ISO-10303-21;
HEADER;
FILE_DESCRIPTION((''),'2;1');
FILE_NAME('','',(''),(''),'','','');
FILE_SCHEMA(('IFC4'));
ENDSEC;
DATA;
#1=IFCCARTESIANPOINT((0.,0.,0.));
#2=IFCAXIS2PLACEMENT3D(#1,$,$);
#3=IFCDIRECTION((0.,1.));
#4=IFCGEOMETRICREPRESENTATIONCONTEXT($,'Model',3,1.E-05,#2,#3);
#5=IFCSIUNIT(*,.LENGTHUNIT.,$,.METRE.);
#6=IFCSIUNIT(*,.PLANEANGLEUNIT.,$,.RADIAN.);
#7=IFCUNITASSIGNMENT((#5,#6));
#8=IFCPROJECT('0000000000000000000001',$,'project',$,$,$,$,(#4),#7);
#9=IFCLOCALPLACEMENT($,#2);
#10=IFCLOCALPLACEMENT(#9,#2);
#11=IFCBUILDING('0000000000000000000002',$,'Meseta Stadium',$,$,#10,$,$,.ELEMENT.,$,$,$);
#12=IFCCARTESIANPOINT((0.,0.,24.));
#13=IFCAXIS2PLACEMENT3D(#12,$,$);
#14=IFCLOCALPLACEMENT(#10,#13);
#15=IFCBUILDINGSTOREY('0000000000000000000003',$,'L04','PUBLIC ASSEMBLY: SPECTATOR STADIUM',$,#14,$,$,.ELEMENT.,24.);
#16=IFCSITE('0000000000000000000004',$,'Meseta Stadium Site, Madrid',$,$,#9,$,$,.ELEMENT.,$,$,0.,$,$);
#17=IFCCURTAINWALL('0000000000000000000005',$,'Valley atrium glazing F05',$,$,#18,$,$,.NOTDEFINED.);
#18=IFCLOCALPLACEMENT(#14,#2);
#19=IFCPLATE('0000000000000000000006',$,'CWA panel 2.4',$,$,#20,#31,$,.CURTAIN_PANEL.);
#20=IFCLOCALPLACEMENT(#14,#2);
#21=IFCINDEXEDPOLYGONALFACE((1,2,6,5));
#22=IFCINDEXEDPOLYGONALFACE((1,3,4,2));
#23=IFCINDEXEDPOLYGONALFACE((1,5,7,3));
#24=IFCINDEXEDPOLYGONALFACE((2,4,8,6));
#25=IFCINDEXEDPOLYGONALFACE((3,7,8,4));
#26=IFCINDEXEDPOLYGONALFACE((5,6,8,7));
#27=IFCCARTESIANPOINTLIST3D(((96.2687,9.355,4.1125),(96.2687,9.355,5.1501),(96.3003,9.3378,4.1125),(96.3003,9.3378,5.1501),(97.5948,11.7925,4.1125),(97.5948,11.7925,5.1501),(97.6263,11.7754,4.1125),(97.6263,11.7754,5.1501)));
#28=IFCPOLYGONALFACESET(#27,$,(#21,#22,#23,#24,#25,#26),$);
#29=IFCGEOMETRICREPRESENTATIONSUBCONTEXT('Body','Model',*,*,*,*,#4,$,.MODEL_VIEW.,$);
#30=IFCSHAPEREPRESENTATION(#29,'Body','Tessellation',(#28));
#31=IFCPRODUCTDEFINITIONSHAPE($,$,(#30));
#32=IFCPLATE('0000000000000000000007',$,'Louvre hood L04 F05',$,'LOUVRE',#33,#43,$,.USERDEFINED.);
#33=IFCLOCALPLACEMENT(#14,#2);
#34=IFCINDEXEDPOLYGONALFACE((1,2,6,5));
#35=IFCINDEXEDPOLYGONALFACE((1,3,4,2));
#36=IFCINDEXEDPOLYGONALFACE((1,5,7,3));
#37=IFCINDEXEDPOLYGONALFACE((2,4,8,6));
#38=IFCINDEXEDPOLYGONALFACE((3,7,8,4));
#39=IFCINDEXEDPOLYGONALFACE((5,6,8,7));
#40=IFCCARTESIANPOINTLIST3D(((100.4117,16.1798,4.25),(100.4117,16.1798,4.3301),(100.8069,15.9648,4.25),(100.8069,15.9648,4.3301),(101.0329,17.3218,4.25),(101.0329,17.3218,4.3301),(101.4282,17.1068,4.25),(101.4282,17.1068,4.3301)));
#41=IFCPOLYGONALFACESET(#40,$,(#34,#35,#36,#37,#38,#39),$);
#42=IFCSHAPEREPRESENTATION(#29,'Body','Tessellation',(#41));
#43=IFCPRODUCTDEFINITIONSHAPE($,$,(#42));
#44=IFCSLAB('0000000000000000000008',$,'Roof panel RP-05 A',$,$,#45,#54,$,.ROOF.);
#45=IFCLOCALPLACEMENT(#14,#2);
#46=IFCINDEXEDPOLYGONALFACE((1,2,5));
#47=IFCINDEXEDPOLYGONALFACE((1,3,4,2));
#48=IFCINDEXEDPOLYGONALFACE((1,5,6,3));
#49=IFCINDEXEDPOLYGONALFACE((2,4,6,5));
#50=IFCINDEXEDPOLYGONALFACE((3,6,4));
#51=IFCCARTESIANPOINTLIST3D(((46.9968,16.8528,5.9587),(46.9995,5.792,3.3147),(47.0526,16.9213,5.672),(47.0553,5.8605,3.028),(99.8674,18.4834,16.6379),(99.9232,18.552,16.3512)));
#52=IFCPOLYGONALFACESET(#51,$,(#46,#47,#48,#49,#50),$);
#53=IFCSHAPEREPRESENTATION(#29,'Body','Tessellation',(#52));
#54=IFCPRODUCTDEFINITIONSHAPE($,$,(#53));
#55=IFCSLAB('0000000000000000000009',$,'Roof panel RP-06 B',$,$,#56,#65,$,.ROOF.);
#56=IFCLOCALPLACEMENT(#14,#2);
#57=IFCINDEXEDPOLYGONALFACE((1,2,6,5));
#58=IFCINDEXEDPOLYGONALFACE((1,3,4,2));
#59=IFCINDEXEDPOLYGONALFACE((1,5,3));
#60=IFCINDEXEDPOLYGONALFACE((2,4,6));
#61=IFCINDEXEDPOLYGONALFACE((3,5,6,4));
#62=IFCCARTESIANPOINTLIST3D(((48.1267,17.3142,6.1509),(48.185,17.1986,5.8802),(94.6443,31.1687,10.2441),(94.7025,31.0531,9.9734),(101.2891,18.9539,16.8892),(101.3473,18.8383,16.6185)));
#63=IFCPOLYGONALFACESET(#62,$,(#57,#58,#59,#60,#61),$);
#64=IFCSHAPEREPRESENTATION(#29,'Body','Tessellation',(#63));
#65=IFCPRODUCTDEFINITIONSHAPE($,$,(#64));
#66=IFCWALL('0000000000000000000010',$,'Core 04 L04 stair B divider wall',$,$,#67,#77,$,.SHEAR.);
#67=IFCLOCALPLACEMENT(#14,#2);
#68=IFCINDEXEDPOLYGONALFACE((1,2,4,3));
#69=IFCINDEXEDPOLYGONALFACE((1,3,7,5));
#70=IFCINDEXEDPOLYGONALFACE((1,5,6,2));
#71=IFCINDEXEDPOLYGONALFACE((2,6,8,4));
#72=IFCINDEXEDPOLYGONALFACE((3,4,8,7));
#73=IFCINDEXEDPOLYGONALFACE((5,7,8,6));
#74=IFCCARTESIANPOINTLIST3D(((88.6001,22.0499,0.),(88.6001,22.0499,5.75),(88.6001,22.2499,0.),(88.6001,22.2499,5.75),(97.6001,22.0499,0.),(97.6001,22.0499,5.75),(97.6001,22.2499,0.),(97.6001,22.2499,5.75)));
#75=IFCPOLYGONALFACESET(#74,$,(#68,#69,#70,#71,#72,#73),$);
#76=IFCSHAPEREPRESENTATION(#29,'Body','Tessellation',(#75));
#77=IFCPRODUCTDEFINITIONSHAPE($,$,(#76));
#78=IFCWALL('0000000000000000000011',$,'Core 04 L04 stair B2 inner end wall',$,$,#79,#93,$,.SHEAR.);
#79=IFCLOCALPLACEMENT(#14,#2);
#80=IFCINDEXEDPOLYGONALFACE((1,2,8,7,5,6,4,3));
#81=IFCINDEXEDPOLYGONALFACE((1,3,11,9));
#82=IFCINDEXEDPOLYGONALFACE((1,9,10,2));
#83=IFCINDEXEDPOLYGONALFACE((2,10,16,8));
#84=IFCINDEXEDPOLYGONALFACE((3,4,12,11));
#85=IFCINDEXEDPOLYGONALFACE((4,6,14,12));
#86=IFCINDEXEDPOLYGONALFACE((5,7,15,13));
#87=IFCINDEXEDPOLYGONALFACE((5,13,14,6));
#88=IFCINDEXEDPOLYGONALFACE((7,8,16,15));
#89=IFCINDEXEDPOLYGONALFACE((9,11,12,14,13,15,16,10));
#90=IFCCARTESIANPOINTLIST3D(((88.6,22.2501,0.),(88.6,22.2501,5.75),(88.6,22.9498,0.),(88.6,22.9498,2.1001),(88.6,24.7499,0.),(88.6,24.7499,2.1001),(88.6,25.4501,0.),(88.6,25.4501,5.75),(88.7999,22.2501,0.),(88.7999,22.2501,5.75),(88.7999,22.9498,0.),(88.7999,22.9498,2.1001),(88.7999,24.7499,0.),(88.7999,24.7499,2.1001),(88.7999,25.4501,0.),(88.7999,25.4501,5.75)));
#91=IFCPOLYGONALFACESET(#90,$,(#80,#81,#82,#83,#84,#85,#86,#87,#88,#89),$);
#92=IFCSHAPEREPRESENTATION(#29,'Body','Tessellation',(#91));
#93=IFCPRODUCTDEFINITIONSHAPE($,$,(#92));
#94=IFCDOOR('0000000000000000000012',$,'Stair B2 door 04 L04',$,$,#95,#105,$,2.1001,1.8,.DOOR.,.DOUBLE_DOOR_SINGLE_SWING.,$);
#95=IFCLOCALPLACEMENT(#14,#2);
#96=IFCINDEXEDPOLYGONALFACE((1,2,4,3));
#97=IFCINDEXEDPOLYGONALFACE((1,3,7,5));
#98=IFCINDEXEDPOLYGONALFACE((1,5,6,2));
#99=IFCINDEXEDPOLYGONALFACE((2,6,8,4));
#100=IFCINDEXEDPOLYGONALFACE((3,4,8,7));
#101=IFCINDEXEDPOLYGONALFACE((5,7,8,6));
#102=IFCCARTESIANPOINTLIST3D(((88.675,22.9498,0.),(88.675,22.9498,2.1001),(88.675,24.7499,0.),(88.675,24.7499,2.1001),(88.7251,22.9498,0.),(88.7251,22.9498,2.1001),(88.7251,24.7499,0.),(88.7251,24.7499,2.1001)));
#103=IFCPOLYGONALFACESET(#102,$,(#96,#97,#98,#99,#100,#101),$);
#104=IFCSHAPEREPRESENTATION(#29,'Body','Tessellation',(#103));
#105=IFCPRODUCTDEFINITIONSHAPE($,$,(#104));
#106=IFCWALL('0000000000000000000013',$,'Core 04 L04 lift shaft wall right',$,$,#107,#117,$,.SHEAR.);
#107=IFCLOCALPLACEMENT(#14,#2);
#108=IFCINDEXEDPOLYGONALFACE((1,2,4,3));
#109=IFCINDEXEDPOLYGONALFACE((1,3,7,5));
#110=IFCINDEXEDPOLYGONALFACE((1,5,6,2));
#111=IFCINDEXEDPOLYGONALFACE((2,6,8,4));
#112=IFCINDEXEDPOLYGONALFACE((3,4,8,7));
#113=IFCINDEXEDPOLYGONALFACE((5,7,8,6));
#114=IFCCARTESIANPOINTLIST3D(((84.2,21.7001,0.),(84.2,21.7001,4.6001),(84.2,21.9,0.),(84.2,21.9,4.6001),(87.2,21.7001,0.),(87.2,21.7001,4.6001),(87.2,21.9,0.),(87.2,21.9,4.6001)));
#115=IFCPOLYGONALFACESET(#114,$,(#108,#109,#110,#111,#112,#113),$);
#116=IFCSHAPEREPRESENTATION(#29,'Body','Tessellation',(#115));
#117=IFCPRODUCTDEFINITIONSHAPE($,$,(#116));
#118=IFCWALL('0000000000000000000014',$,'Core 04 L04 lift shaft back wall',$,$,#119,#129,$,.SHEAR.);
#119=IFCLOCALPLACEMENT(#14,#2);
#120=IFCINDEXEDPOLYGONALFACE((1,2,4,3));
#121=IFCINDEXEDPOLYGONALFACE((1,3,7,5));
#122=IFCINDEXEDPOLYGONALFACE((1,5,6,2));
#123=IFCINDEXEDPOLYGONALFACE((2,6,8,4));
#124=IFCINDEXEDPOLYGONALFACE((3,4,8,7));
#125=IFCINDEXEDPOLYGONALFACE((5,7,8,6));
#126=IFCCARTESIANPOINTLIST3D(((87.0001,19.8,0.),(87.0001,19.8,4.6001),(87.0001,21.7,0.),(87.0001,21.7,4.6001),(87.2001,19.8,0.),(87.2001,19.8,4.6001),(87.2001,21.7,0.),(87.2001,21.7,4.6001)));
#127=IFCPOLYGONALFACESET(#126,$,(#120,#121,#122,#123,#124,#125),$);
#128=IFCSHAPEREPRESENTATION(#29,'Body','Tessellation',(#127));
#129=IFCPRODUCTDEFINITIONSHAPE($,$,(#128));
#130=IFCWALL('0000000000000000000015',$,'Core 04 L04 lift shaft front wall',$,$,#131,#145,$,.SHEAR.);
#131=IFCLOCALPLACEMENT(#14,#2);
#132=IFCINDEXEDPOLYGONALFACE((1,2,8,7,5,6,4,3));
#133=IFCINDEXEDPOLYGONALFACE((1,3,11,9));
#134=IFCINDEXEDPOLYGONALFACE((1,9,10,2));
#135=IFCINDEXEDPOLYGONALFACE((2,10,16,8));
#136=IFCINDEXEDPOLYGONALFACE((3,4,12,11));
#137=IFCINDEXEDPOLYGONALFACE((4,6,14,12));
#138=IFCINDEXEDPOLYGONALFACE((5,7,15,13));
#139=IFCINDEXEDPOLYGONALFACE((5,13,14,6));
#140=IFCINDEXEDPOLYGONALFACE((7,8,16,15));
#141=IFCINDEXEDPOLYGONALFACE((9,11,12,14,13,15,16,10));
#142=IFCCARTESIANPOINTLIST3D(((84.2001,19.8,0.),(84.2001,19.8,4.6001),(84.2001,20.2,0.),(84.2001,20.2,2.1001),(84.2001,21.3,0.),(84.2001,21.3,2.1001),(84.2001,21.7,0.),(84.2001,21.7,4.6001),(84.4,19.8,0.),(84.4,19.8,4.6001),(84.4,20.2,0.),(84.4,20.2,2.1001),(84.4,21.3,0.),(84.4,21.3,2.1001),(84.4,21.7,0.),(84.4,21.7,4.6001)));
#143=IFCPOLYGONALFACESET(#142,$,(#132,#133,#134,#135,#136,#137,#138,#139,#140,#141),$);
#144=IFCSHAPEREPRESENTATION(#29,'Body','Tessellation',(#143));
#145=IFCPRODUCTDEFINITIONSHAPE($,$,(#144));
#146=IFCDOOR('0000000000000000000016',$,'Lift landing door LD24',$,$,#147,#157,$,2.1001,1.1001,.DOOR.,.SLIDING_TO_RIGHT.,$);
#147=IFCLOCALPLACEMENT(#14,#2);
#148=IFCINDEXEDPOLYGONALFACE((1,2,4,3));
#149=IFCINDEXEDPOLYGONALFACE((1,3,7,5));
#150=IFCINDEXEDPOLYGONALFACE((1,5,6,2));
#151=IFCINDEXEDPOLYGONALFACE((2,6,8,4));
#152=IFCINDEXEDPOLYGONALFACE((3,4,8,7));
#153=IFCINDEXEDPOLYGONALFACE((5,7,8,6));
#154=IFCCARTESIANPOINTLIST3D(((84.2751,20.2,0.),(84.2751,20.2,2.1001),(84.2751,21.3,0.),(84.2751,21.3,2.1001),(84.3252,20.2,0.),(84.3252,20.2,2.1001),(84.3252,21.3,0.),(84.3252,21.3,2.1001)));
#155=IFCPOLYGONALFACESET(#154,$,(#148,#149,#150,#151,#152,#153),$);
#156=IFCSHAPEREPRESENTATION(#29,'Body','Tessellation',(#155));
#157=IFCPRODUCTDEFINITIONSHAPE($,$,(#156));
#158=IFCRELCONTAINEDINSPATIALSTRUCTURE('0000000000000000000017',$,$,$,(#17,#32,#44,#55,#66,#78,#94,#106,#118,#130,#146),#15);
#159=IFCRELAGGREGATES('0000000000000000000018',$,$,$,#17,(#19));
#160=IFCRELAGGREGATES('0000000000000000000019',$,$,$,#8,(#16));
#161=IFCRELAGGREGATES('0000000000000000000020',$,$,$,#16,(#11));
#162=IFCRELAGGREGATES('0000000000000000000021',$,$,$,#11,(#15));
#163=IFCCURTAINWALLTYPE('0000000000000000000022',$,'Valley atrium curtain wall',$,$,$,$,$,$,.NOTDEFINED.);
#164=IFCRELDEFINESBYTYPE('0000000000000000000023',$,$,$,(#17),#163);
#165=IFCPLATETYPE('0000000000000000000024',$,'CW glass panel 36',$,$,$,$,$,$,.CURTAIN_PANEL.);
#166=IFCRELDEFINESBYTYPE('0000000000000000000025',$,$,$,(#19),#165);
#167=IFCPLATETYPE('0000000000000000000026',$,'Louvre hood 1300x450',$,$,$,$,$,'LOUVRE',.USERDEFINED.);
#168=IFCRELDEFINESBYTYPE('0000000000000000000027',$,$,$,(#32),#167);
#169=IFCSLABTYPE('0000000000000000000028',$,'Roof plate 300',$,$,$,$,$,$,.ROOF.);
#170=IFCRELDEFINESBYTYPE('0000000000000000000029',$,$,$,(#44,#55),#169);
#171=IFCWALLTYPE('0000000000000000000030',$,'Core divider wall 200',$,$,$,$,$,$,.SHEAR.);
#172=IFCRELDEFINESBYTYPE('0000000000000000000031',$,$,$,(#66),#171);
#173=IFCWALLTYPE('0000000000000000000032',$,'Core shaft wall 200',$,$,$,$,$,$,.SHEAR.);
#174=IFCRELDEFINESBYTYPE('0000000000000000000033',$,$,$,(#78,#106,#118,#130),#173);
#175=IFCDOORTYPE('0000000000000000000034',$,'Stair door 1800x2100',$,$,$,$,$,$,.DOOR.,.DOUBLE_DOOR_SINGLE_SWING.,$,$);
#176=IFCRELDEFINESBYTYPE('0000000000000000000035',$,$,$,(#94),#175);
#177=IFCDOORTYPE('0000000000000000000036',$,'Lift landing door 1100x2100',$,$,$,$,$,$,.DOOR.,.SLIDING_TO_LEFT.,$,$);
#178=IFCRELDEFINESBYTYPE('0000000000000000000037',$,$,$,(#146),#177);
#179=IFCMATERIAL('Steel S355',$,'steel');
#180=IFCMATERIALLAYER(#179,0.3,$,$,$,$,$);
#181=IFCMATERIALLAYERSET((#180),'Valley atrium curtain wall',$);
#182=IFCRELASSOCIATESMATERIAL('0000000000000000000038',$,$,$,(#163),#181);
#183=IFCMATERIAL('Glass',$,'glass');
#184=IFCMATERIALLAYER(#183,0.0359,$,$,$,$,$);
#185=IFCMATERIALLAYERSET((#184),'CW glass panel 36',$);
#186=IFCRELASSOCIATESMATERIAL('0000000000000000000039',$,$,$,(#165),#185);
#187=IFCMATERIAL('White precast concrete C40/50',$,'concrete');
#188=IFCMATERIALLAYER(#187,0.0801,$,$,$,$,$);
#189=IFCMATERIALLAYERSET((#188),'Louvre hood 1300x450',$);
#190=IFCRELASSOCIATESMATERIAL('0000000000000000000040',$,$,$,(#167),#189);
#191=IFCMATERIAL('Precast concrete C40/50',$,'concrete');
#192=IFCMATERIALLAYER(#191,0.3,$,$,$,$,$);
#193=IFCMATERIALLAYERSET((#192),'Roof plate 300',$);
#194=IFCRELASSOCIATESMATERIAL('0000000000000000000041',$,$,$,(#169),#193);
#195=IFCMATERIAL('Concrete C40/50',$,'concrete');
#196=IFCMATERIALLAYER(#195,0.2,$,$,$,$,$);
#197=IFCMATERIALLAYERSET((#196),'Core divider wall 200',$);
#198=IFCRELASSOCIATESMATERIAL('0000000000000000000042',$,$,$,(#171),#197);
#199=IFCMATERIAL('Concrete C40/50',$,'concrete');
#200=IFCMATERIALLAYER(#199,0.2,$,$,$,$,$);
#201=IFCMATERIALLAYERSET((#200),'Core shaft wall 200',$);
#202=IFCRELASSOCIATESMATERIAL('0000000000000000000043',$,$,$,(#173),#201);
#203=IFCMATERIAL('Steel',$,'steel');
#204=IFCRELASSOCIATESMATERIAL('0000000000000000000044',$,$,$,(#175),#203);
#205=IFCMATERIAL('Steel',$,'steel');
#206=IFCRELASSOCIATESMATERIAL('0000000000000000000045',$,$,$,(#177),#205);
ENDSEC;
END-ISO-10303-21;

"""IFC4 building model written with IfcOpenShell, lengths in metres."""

from ifc_helpers import new_model, si_unit, direction, frame, frame_2d, origin, origin_2d, place, context, subcontext, project, spatial, polyline, rectangle, outline, extrude, material, layer, layer_set, type_object, element, fill, aggregate, save


model = new_model("IFC4")

# Units and contexts
model_context = context("Model", 3, precision=1e-05, world=origin(), true_north=direction((0.0, 1.0)))
body_context = subcontext(model_context, "Body", "Model", "MODEL_VIEW")
ifc_project = project(units=[si_unit("LENGTHUNIT", "METRE"), si_unit("PLANEANGLEUNIT", "RADIAN")], contexts=[model_context])

# Site, building, storey
site_placement = place(None, origin())
site = spatial("IfcSite", under=ifc_project, at=site_placement, Name="Meseta Stadium Site, Madrid", CompositionType="ELEMENT", RefElevation=0.0)
building_placement = place(site_placement, origin())
building = spatial("IfcBuilding", under=site, at=building_placement, Name="Meseta Stadium", CompositionType="ELEMENT")
storey_placement = place(building_placement, frame((0.0, 0.0, 24.0)))
storey = spatial("IfcBuildingStorey", under=building, at=storey_placement, Name="L04", Description="PUBLIC ASSEMBLY: SPECTATOR STADIUM", CompositionType="ELEMENT", Elevation=24.0)

# Curtain wall
ifc_material_1 = material(Name="Steel S355", Category="steel")
ifc_layer_1 = layer(ifc_material_1, 0.3)
ifc_layer_set_1 = layer_set([ifc_layer_1], Name="Valley atrium curtain wall")
curtain_wall_type = type_object("IfcCurtainWallType", Name="Valley atrium curtain wall", PredefinedType="NOTDEFINED", material=ifc_layer_set_1)
curtain_wall_placement = place(storey_placement, origin())
curtain_wall = element("IfcCurtainWall", 1, at=curtain_wall_placement, inside=storey, type_object=curtain_wall_type, Name="Valley atrium glazing F05", PredefinedType="NOTDEFINED")

# Plates
ifc_material_2 = material(Name="Glass", Category="glass")
ifc_layer_2 = layer(ifc_material_2, 0.0359)
ifc_layer_set_2 = layer_set([ifc_layer_2], Name="CW glass panel 36")
plate_type_1 = type_object("IfcPlateType", Name="CW glass panel 36", PredefinedType="CURTAIN_PANEL", material=ifc_layer_set_2)
plate_1_placement = place(storey_placement, frame((96.9475, 10.5652, 4.1125), z_axis=(0.0, 0.0, 1.0), x_axis=(0.477867, 0.878432, 0.0)))
plate_1 = element("IfcPlate", 2, at=plate_1_placement, type_object=plate_type_1, Name="CWA panel 2.4", PredefinedType="CURTAIN_PANEL", context=body_context, shape_type="SweptSolid", body=[
    extrude(rectangle(XDim=2.7749, YDim=0.0359, at=origin_2d()), origin(), (0.0, 0.0, 1.0), 1.0376),
])
aggregate(curtain_wall, [plate_1])
ifc_material_3 = material(Name="White precast concrete C40/50", Category="concrete")
ifc_layer_3 = layer(ifc_material_3, 0.0801)
ifc_layer_set_3 = layer_set([ifc_layer_3], Name="Louvre hood 1300x450")
plate_type_2 = type_object("IfcPlateType", Name="Louvre hood 1300x450", ElementType="LOUVRE", PredefinedType="USERDEFINED", material=ifc_layer_set_3)
plate_2_placement = place(storey_placement, frame((100.9199, 16.6433, 4.25), z_axis=(0.0, 0.0, 1.0), x_axis=(0.477867, 0.878432, 0.0)))
element("IfcPlate", 3, at=plate_2_placement, inside=storey, type_object=plate_type_2, Name="Louvre hood L04 F05", ObjectType="LOUVRE", PredefinedType="USERDEFINED", context=body_context, shape_type="SweptSolid", body=[
    extrude(rectangle(XDim=1.3, YDim=0.45, at=origin_2d()), origin(), (0.0, 0.0, 1.0), 0.0801),
])

# Slabs
ifc_material_4 = material(Name="Precast concrete C40/50", Category="concrete")
ifc_layer_4 = layer(ifc_material_4, 0.3)
ifc_layer_set_4 = layer_set([ifc_layer_4], Name="Roof plate 300")
slab_type = type_object("IfcSlabType", Name="Roof plate 300", PredefinedType="ROOF", material=ifc_layer_set_4)
slab_1_placement = place(storey_placement, frame((99.8674, 18.4834, 16.6379), z_axis=(-0.185976, -0.228483, 0.955619), x_axis=(-0.944432, -0.226719, -0.238006)))
element("IfcSlab", 4, at=slab_1_placement, inside=storey, type_object=slab_type, Name="Roof panel RP-05 A", PredefinedType="ROOF", context=body_context, shape_type="SweptSolid", body=[
    extrude(outline(polyline([(0.0, 0.0), (55.9785, 0.0), (52.8441, -10.9319), (0.0, 0.0)])), origin(), (0.0, 0.0, -1.0), 0.3),
])
slab_2_placement = place(storey_placement, frame((101.2891, 18.9539, 16.8892), z_axis=(-0.194113, 0.385203, 0.902185), x_axis=(-0.979756, -0.030218, -0.197901)))
element("IfcSlab", 5, at=slab_2_placement, inside=storey, type_object=slab_type, Name="Roof panel RP-06 B", PredefinedType="ROOF", context=body_context, shape_type="SweptSolid", body=[
    extrude(outline(polyline([(0.0, 0.0), (54.2608, 0.0), (7.4562, -13.4876), (0.0, 0.0)])), origin(), (0.0, 0.0, -1.0), 0.3),
])

# Wall
ifc_material_5 = material(Name="Concrete C40/50", Category="concrete")
ifc_layer_5 = layer(ifc_material_5, 0.2)
ifc_layer_set_5 = layer_set([ifc_layer_5], Name="Core divider wall 200")
wall_type_1 = type_object("IfcWallType", Name="Core divider wall 200", PredefinedType="SHEAR", material=ifc_layer_set_5)
wall_1_placement = place(storey_placement, frame((97.6001, 22.1499, 0.0), z_axis=(0.0, 0.0, 1.0), x_axis=(-1.0, 0.0, 0.0)))
element("IfcWall", 6, at=wall_1_placement, inside=storey, type_object=wall_type_1, Name="Core 04 L04 stair B divider wall", PredefinedType="SHEAR", context=body_context, shape_type="SweptSolid", body=[
    extrude(rectangle(XDim=9.0, YDim=0.2, at=frame_2d((4.5, 0.0))), origin(), (0.0, 0.0, 1.0), 5.75),
])

# Wall, opening, door
ifc_material_6 = material(Name="Concrete C40/50", Category="concrete")
ifc_layer_6 = layer(ifc_material_6, 0.2)
ifc_layer_set_6 = layer_set([ifc_layer_6], Name="Core shaft wall 200")
wall_type_2 = type_object("IfcWallType", Name="Core shaft wall 200", PredefinedType="SHEAR", material=ifc_layer_set_6)
wall_2_placement = place(storey_placement, frame((88.7, 22.25, 0.0), z_axis=(0.0, 0.0, 1.0), x_axis=(0.0, 1.0, 0.0)))
wall_2 = element("IfcWall", 7, at=wall_2_placement, inside=storey, type_object=wall_type_2, Name="Core 04 L04 stair B2 inner end wall", PredefinedType="SHEAR", context=body_context, shape_type="SweptSolid", body=[
    extrude(rectangle(XDim=3.2, YDim=0.2, at=frame_2d((1.6001, 0.0))), origin(), (0.0, 0.0, 1.0), 5.75),
])
opening_1_placement = place(wall_2_placement, frame((0.7, 0.0, 0.0)))
opening_1 = element("IfcOpeningElement", 8, at=opening_1_placement, cuts=wall_2, PredefinedType="OPENING", context=body_context, shape_type="SweptSolid", body=[
    extrude(rectangle(XDim=1.8, YDim=2.1001, at=frame_2d((0.8999, 1.05))), frame((0.0, 0.1099, 0.0), z_axis=(0.0, -1.0, 0.0), x_axis=(1.0, 0.0, 0.0)), (0.0, 0.0, 1.0), 0.22),
])
ifc_material_7 = material(Name="Steel", Category="steel")
door_type_1 = type_object("IfcDoorType", Name="Stair door 1800x2100", OperationType="DOUBLE_DOOR_SINGLE_SWING", PredefinedType="DOOR", material=ifc_material_7)
door_1_placement = place(opening_1_placement, origin())
door_1 = element("IfcDoor", 9, at=door_1_placement, inside=storey, type_object=door_type_1, Name="Stair B2 door 04 L04", OperationType="DOUBLE_DOOR_SINGLE_SWING", OverallHeight=2.1001, OverallWidth=1.8, PredefinedType="DOOR", context=body_context, shape_type="SweptSolid", body=[
    extrude(rectangle(XDim=1.8, YDim=2.1001, at=frame_2d((0.8999, 1.05))), frame((0.0, 0.0249, 0.0), z_axis=(0.0, -1.0, 0.0), x_axis=(1.0, 0.0, 0.0)), (0.0, 0.0, 1.0), 0.05),
])
fill(opening_1, door_1)

# Walls
wall_3_placement = place(storey_placement, frame((87.2, 21.8, 0.0), z_axis=(0.0, 0.0, 1.0), x_axis=(-1.0, 0.0, 0.0)))
element("IfcWall", 10, at=wall_3_placement, inside=storey, type_object=wall_type_2, Name="Core 04 L04 lift shaft wall right", PredefinedType="SHEAR", context=body_context, shape_type="SweptSolid", body=[
    extrude(rectangle(XDim=3.0, YDim=0.2, at=frame_2d((1.5, 0.0))), origin(), (0.0, 0.0, 1.0), 4.6001),
])
wall_4_placement = place(storey_placement, frame((87.1001, 19.8, 0.0), z_axis=(0.0, 0.0, 1.0), x_axis=(0.0, 1.0, 0.0)))
element("IfcWall", 11, at=wall_4_placement, inside=storey, type_object=wall_type_2, Name="Core 04 L04 lift shaft back wall", PredefinedType="SHEAR", context=body_context, shape_type="SweptSolid", body=[
    extrude(rectangle(XDim=1.8999, YDim=0.2, at=frame_2d((0.95, 0.0))), origin(), (0.0, 0.0, 1.0), 4.6001),
])

# Wall, opening, door
wall_5_placement = place(storey_placement, frame((84.3, 19.8, 0.0), z_axis=(0.0, 0.0, 1.0), x_axis=(0.0, 1.0, 0.0)))
wall_5 = element("IfcWall", 12, at=wall_5_placement, inside=storey, type_object=wall_type_2, Name="Core 04 L04 lift shaft front wall", PredefinedType="SHEAR", context=body_context, shape_type="SweptSolid", body=[
    extrude(rectangle(XDim=1.8999, YDim=0.2, at=frame_2d((0.95, 0.0))), origin(), (0.0, 0.0, 1.0), 4.6001),
])
opening_2_placement = place(wall_5_placement, frame((0.3999, 0.0, 0.0)))
opening_2 = element("IfcOpeningElement", 13, at=opening_2_placement, cuts=wall_5, PredefinedType="OPENING", context=body_context, shape_type="SweptSolid", body=[
    extrude(rectangle(XDim=1.1001, YDim=2.1001, at=frame_2d((0.55, 1.05))), frame((0.0, 0.1099, 0.0), z_axis=(0.0, -1.0, 0.0), x_axis=(1.0, 0.0, 0.0)), (0.0, 0.0, 1.0), 0.22),
])
ifc_material_8 = material(Name="Steel", Category="steel")
door_type_2 = type_object("IfcDoorType", Name="Lift landing door 1100x2100", OperationType="SLIDING_TO_LEFT", PredefinedType="DOOR", material=ifc_material_8)
door_2_placement = place(opening_2_placement, origin())
door_2 = element("IfcDoor", 14, at=door_2_placement, inside=storey, type_object=door_type_2, Name="Lift landing door LD24", OperationType="SLIDING_TO_RIGHT", OverallHeight=2.1001, OverallWidth=1.1001, PredefinedType="DOOR", context=body_context, shape_type="SweptSolid", body=[
    extrude(rectangle(XDim=1.1001, YDim=2.1001, at=frame_2d((0.55, 1.05))), frame((0.0, 0.0249, 0.0), z_axis=(0.0, -1.0, 0.0), x_axis=(1.0, 0.0, 0.0)), (0.0, 0.0, 1.0), 0.05),
])
fill(opening_2, door_2)

save(model, "model.ifc")
